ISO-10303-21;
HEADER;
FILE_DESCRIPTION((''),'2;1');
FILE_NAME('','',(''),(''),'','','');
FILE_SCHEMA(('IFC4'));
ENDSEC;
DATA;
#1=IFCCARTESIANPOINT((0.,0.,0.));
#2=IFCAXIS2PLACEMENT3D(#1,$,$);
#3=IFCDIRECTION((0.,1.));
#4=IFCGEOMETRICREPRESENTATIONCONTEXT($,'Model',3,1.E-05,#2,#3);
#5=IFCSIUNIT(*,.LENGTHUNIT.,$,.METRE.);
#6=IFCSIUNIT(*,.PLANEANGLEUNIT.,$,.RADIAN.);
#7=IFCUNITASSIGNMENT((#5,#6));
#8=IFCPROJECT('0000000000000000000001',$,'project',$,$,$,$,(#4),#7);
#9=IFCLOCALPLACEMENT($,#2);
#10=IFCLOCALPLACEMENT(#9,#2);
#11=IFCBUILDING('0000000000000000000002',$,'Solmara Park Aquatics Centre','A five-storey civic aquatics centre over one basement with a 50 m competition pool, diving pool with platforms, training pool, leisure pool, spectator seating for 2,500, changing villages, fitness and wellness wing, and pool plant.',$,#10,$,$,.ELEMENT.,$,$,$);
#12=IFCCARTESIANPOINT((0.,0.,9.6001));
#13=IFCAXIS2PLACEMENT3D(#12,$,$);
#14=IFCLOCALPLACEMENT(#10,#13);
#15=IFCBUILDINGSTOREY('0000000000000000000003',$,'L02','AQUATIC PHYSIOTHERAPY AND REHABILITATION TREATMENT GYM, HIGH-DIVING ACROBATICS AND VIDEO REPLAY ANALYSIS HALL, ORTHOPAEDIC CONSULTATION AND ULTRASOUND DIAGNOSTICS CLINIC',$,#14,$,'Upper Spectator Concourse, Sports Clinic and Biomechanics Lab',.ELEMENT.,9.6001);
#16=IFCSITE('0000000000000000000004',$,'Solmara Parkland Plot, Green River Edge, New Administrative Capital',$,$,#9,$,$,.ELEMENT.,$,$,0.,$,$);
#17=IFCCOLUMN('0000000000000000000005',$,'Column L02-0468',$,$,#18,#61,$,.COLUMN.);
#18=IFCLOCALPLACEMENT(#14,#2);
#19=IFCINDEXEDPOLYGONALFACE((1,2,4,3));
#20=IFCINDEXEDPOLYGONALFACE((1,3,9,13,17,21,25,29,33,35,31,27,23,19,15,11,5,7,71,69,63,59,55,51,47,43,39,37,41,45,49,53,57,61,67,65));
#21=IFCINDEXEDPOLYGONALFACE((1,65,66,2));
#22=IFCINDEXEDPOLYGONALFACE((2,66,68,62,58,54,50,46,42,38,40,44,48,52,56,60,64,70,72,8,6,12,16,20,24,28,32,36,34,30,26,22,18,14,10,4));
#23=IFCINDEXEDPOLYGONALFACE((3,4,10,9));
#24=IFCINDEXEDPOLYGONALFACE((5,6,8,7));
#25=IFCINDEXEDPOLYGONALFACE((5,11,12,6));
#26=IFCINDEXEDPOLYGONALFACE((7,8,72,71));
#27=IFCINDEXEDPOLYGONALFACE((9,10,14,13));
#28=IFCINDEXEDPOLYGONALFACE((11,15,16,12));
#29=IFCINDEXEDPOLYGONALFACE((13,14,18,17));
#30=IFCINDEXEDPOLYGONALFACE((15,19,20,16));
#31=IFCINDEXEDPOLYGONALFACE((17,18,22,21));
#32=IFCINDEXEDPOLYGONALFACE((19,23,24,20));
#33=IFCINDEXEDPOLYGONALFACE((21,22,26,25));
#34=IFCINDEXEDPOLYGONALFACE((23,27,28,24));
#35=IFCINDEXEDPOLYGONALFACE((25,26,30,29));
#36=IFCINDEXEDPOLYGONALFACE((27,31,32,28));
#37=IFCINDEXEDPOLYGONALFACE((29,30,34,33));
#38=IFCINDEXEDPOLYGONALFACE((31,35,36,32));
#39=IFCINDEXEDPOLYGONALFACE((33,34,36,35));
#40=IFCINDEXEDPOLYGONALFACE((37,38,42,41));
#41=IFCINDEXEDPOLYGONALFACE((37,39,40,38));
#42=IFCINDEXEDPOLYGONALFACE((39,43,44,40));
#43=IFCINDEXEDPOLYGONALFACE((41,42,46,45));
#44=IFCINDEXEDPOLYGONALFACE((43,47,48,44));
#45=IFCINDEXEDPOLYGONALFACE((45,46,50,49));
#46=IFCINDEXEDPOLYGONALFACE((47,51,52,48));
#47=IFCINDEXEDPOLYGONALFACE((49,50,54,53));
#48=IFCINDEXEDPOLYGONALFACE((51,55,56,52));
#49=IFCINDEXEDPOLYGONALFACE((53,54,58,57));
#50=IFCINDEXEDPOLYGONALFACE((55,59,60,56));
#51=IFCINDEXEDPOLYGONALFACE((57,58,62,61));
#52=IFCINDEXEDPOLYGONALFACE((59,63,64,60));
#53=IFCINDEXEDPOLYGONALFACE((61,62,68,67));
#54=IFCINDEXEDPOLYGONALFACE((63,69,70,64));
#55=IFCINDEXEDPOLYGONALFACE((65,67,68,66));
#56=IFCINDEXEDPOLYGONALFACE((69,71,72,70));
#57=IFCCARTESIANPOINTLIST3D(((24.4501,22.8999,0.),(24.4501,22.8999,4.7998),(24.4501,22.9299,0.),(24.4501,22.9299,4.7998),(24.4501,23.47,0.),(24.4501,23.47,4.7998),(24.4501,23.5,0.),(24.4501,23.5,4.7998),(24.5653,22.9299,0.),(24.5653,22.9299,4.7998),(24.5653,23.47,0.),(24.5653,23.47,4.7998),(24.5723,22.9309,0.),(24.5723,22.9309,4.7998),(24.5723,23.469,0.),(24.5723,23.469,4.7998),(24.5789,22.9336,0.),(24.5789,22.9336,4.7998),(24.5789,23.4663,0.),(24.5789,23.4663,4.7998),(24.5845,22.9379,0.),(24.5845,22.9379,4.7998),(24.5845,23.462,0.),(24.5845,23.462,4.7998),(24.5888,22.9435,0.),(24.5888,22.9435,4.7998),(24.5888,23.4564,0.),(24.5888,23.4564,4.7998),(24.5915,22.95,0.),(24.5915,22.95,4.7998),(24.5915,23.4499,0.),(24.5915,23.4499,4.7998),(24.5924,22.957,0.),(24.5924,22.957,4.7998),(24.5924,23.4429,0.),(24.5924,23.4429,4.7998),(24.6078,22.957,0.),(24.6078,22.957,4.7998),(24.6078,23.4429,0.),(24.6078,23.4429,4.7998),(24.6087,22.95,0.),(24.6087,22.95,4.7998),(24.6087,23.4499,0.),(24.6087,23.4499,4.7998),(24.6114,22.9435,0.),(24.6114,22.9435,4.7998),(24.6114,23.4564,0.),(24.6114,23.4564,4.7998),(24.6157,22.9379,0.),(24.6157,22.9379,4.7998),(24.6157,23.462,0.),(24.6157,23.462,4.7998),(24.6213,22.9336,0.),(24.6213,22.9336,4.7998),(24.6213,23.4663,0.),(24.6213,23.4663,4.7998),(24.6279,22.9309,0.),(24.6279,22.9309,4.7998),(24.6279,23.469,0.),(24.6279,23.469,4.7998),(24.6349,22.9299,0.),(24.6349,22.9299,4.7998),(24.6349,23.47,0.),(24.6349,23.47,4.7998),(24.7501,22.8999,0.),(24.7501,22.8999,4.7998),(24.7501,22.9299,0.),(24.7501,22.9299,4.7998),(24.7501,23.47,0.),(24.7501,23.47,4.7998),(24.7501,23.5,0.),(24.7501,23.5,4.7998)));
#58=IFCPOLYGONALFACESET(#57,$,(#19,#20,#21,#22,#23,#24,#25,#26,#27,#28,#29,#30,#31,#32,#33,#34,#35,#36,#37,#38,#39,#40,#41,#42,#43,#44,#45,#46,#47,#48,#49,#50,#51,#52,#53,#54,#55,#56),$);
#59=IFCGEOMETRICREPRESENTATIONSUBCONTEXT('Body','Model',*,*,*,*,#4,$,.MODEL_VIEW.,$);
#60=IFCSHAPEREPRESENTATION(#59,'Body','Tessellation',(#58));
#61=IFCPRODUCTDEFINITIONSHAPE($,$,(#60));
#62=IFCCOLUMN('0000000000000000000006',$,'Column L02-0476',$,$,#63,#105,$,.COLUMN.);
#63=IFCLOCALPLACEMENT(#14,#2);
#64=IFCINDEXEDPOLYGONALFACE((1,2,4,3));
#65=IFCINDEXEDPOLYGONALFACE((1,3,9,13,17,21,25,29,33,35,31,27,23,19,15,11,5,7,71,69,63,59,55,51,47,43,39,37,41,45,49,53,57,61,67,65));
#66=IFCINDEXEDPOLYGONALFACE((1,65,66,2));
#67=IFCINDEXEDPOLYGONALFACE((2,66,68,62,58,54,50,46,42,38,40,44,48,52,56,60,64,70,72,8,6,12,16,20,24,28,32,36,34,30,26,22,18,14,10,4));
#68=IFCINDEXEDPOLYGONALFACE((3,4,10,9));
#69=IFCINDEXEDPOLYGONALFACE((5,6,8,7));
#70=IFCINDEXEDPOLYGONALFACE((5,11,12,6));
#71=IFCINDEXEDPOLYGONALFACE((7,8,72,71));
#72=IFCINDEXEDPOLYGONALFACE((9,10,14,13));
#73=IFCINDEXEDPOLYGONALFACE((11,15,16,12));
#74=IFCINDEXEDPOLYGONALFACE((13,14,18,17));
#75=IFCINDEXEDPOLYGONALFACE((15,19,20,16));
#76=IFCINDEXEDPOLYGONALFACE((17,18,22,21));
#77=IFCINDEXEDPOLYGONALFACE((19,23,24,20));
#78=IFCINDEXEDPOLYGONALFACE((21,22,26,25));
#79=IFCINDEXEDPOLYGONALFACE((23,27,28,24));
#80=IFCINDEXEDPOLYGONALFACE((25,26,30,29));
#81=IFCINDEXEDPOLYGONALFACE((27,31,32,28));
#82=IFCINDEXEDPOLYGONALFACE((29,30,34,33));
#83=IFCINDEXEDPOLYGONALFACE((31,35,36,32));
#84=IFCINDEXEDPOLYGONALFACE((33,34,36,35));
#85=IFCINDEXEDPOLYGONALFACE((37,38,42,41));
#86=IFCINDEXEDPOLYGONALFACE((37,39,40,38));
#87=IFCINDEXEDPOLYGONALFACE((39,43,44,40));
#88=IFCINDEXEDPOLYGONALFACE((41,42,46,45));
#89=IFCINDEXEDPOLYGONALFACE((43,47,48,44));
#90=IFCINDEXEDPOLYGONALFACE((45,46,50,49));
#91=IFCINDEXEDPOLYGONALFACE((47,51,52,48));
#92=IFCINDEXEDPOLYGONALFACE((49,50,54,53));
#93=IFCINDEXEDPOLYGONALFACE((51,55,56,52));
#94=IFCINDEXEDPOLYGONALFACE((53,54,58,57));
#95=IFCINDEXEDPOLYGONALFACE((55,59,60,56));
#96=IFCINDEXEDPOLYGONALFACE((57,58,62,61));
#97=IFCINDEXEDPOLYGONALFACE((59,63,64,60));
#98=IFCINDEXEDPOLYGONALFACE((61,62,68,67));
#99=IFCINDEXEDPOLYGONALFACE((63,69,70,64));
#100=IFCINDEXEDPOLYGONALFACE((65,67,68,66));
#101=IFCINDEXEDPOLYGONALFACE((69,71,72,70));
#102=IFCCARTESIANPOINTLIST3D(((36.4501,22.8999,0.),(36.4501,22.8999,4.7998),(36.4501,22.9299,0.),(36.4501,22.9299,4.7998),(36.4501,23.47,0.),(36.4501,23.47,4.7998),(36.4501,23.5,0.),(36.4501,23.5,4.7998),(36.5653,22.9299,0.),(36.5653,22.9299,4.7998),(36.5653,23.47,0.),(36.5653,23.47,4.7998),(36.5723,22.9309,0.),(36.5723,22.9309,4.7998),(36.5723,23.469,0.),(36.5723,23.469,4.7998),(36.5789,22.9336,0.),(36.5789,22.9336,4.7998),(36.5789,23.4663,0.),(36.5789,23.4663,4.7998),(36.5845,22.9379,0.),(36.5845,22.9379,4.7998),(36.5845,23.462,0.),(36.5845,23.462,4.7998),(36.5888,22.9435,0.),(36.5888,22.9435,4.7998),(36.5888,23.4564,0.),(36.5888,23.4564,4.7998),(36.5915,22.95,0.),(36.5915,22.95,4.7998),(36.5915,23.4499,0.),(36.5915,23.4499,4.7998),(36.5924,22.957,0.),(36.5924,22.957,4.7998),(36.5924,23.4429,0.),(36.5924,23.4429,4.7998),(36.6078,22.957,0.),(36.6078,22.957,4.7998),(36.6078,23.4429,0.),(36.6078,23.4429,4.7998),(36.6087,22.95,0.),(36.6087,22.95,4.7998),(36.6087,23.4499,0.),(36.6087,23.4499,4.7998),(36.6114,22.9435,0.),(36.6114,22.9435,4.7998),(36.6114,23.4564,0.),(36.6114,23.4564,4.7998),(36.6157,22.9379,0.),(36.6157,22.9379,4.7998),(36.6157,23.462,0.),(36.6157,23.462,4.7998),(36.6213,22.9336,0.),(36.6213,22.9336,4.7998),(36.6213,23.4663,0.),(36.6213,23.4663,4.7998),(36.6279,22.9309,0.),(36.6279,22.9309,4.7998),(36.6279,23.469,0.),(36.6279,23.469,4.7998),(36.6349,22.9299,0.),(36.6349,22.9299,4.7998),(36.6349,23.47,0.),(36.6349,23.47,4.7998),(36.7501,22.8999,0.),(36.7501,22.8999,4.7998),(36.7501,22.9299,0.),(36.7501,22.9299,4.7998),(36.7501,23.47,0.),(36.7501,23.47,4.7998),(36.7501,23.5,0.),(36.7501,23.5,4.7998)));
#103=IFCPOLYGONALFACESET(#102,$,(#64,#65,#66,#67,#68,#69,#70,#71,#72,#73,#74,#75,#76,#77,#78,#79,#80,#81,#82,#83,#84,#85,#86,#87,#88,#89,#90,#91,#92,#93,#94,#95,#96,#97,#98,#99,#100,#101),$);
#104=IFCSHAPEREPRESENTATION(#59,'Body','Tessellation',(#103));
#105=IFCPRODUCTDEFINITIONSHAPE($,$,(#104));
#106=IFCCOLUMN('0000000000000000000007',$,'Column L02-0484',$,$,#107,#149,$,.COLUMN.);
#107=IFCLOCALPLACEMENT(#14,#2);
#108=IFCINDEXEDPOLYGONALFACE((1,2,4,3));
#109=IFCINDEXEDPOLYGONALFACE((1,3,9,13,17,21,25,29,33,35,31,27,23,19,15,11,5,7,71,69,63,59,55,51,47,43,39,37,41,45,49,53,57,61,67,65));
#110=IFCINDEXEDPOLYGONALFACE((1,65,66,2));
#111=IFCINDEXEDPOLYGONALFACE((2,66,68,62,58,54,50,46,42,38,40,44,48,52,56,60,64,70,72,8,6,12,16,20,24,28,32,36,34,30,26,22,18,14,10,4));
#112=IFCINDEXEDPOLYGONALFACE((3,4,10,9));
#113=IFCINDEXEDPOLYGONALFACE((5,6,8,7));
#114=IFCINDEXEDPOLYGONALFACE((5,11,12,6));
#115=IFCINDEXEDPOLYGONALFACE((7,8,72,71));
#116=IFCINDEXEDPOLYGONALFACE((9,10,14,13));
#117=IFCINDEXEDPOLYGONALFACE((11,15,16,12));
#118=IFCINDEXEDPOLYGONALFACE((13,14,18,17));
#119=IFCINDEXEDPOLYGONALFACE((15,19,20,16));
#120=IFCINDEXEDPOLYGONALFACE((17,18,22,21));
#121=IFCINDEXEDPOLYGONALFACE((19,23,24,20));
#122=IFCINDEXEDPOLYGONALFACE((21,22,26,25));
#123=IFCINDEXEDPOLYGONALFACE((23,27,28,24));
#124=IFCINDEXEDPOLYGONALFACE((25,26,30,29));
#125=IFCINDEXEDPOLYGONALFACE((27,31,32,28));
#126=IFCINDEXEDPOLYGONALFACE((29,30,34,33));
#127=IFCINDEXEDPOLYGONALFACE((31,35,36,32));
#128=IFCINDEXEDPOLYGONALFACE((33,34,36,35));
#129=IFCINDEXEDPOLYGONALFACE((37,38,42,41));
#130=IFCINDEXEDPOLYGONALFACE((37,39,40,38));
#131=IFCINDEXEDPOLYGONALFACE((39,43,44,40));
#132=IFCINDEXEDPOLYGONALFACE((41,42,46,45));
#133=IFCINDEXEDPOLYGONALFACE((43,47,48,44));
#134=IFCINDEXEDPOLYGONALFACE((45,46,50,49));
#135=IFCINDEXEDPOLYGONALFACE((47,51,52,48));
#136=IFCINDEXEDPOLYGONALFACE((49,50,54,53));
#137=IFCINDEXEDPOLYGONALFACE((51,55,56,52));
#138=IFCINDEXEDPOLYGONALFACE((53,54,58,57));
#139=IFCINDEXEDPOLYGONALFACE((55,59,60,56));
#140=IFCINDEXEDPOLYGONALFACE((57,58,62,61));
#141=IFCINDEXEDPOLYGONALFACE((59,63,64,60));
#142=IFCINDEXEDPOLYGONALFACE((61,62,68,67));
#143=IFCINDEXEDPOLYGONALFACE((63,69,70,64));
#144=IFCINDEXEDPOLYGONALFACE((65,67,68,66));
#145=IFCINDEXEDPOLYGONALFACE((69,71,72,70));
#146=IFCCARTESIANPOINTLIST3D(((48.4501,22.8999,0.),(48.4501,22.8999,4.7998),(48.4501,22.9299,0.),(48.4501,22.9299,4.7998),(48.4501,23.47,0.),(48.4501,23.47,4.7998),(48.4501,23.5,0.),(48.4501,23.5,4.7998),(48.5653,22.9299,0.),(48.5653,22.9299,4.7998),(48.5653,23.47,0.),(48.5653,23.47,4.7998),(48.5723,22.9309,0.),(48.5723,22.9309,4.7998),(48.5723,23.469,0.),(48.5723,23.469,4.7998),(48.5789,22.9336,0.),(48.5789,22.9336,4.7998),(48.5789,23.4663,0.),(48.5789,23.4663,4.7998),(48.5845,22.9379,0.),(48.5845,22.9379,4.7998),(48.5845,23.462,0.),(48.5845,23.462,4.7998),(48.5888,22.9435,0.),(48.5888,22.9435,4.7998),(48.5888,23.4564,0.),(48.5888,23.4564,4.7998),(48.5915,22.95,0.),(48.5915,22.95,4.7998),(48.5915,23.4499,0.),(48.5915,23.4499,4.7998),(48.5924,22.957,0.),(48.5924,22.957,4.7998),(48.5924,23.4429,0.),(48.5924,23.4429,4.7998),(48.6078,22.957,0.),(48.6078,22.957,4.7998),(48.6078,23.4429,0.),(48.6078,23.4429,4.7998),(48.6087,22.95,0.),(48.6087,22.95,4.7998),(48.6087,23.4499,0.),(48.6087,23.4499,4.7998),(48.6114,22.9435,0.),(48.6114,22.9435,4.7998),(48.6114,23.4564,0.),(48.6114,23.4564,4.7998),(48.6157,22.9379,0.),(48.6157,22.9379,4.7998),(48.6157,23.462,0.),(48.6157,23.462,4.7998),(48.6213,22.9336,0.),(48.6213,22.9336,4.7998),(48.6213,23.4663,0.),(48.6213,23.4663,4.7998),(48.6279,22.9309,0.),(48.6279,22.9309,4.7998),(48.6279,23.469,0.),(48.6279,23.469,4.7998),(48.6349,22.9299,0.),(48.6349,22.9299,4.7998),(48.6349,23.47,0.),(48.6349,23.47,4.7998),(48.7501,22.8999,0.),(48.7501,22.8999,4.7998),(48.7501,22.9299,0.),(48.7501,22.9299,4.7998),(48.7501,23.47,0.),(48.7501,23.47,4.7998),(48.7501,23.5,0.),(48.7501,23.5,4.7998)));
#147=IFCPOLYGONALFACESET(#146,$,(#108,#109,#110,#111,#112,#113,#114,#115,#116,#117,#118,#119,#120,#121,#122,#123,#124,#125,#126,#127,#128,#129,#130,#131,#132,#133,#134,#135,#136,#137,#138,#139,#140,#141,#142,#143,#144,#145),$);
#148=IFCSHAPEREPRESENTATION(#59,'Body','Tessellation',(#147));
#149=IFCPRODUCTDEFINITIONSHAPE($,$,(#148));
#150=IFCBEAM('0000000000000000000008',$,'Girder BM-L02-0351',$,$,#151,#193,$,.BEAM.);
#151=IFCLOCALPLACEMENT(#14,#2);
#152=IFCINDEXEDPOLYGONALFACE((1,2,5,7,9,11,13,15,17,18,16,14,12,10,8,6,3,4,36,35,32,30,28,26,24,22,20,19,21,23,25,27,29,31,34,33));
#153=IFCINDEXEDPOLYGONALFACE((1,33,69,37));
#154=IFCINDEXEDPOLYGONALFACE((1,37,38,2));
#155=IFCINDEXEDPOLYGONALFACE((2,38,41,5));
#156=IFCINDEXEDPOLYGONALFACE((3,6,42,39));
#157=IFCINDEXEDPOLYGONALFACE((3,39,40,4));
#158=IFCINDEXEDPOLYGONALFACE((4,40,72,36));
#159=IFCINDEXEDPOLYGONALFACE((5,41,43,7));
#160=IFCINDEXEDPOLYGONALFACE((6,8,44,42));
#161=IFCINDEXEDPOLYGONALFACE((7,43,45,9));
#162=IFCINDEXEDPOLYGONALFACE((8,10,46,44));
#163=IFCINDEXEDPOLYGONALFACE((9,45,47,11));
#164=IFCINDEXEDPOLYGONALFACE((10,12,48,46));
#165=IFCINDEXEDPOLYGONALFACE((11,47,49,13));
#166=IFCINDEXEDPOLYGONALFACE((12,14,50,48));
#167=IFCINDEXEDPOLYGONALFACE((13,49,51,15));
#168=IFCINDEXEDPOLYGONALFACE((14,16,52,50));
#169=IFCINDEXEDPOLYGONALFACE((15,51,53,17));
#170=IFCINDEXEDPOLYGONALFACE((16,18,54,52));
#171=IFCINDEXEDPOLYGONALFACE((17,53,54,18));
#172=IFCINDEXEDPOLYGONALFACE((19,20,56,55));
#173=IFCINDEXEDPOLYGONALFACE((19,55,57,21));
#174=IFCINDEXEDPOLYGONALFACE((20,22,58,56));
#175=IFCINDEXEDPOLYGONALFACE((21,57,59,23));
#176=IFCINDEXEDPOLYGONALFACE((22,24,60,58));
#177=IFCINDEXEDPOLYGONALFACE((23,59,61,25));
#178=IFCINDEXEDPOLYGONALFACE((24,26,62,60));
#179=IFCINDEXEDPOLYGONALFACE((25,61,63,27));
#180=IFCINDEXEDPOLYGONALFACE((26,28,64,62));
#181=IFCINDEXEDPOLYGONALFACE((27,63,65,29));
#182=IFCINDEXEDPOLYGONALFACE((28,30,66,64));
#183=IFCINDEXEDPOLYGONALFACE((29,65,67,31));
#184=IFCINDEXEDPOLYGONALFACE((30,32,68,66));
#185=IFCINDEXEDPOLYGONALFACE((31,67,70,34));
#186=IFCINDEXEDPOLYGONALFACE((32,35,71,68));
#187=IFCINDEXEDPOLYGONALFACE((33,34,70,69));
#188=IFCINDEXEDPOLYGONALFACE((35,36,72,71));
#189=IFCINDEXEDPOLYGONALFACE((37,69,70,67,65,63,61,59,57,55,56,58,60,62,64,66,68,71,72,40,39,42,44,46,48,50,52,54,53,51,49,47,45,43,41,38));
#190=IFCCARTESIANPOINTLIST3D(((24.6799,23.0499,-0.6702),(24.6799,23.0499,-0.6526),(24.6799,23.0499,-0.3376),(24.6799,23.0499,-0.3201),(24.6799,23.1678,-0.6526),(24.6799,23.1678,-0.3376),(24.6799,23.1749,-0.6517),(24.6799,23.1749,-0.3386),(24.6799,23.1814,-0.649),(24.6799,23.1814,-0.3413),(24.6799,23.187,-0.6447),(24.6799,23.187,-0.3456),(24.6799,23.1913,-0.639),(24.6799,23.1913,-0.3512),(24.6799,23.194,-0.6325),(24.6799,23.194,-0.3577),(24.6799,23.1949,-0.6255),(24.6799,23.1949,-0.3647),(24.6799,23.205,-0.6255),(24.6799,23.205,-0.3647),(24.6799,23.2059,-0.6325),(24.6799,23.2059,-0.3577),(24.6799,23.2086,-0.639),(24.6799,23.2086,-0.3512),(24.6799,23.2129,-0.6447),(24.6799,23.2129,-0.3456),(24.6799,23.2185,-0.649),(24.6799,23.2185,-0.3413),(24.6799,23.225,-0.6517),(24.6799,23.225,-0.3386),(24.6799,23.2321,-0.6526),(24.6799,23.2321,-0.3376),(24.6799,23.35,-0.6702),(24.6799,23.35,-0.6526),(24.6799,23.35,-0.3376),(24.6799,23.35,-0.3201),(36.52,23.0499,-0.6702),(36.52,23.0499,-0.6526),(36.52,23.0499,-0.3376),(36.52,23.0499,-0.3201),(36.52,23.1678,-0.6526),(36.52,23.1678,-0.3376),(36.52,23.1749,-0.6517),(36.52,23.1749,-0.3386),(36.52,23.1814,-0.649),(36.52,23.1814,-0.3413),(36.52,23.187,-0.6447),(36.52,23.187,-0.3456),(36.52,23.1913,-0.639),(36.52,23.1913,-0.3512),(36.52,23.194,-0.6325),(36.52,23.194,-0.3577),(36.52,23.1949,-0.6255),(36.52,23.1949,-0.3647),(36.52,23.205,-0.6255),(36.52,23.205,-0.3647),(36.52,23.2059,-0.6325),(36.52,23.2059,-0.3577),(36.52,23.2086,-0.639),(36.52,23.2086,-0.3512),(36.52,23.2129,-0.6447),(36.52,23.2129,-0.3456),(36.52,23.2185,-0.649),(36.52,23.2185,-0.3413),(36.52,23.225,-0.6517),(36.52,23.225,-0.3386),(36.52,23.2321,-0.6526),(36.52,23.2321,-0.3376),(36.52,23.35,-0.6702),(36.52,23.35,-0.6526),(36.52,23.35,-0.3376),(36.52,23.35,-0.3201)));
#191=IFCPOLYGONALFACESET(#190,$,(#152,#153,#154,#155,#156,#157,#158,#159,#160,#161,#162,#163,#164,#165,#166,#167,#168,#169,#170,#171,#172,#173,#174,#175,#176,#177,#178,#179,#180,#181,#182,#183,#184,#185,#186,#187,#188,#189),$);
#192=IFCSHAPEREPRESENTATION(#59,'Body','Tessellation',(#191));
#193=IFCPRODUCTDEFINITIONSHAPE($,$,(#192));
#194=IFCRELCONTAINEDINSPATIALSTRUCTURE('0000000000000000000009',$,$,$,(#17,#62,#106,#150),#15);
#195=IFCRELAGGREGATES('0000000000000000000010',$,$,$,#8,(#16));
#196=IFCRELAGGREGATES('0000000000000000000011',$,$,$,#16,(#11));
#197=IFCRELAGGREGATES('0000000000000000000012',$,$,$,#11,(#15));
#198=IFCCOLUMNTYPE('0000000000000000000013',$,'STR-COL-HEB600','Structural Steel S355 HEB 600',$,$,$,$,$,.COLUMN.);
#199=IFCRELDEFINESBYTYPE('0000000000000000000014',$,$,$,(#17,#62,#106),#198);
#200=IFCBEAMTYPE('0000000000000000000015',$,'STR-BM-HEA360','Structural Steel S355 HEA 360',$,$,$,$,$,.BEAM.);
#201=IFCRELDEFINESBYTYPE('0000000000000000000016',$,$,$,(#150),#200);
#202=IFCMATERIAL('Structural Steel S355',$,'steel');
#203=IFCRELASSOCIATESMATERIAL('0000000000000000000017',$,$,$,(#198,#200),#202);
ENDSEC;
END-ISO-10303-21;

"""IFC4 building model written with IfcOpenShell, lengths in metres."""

from ifc_helpers import new_model, si_unit, direction, frame, origin, origin_2d, place, context, subcontext, project, spatial, i_section, extrude, material, material_profile, profile_set, type_object, element, save


model = new_model("IFC4")

# Units and contexts
model_context = context("Model", 3, precision=1e-05, world=origin(), true_north=direction((0.0, 1.0)))
body_context = subcontext(model_context, "Body", "Model", "MODEL_VIEW")
ifc_project = project(units=[si_unit("LENGTHUNIT", "METRE"), si_unit("PLANEANGLEUNIT", "RADIAN")], contexts=[model_context])

# Site, building, storey
site_placement = place(None, origin())
site = spatial("IfcSite", under=ifc_project, at=site_placement, Name="Solmara Parkland Plot, Green River Edge, New Administrative Capital", CompositionType="ELEMENT", RefElevation=0.0)
building_placement = place(site_placement, origin())
building = spatial("IfcBuilding", under=site, at=building_placement, Name="Solmara Park Aquatics Centre", Description="A five-storey civic aquatics centre over one basement with a 50 m competition pool, diving pool with platforms, training pool, leisure pool, spectator seating for 2,500, changing villages, fitness and wellness wing, and pool plant.", CompositionType="ELEMENT")
storey_placement = place(building_placement, frame((0.0, 0.0, 9.6001)))
storey = spatial("IfcBuildingStorey", under=building, at=storey_placement, Name="L02", Description="AQUATIC PHYSIOTHERAPY AND REHABILITATION TREATMENT GYM, HIGH-DIVING ACROBATICS AND VIDEO REPLAY ANALYSIS HALL, ORTHOPAEDIC CONSULTATION AND ULTRASOUND DIAGNOSTICS CLINIC", LongName="Upper Spectator Concourse, Sports Clinic and Biomechanics Lab", CompositionType="ELEMENT", Elevation=9.6001)

# Columns
ifc_material_1 = material(Name="Structural Steel S355", Category="steel")
ifc_material_profile_1 = material_profile(ifc_material_1, i_section(OverallWidth=0.3, OverallDepth=0.6001, WebThickness=0.0154, FlangeThickness=0.03, FilletRadius=0.0271, at=origin_2d()), Name="HEB 600")
ifc_profile_set_1 = profile_set([ifc_material_profile_1], Name="Structural Steel S355")
column_type_1 = type_object("IfcColumnType", Name="STR-COL-HEB600", Description="Structural Steel S355 HEB 600", PredefinedType="COLUMN", material=ifc_profile_set_1)
for number, where, z_axis, x_axis, name in (
    (1, (24.6001, 23.2, 0.0), (0.0, 0.0, 1.0), (1.0, 0.0, 0.0), "Column L02-0468"),
    (2, (36.6001, 23.2, 0.0), (0.0, 0.0, 1.0), (1.0, 0.0, 0.0), "Column L02-0476"),
    (3, (48.6001, 23.2, 0.0), (0.0, 0.0, 1.0), (1.0, 0.0, 0.0), "Column L02-0484"),
):
    element("IfcColumn", number, at=place(storey_placement, frame(where, z_axis=z_axis, x_axis=x_axis)), inside=storey, type_object=column_type_1, Name=name, PredefinedType="COLUMN", context=body_context, shape_type="SweptSolid", body=[
        extrude(i_section(OverallWidth=0.3, OverallDepth=0.6001, WebThickness=0.0154, FlangeThickness=0.03, FilletRadius=0.0271, at=origin_2d()), origin(), (0.0, 0.0, 1.0), 4.7998),
    ])

# Beam
ifc_material_profile_2 = material_profile(ifc_material_1, i_section(OverallWidth=0.3, OverallDepth=0.3501, WebThickness=0.01, FlangeThickness=0.0176, FilletRadius=0.0271, at=origin_2d()), Name="HEA 360")
ifc_profile_set_2 = profile_set([ifc_material_profile_2], Name="Structural Steel S355")
beam_type_1 = type_object("IfcBeamType", Name="STR-BM-HEA360", Description="Structural Steel S355 HEA 360", PredefinedType="BEAM", material=ifc_profile_set_2)
for number, where, z_axis, x_axis, name in (
    (4, (24.6799, 23.2, -0.4951), (1.0, 0.0, 0.0), (0.0, 1.0, 0.0), "Girder BM-L02-0351"),
):
    element("IfcBeam", number, at=place(storey_placement, frame(where, z_axis=z_axis, x_axis=x_axis)), inside=storey, type_object=beam_type_1, Name=name, PredefinedType="BEAM", context=body_context, shape_type="SweptSolid", body=[
        extrude(i_section(OverallWidth=0.3, OverallDepth=0.3501, WebThickness=0.01, FlangeThickness=0.0176, FilletRadius=0.0271, at=origin_2d()), origin(), (0.0, 0.0, 1.0), 11.8401),
    ])

save(model, "model.ifc")
